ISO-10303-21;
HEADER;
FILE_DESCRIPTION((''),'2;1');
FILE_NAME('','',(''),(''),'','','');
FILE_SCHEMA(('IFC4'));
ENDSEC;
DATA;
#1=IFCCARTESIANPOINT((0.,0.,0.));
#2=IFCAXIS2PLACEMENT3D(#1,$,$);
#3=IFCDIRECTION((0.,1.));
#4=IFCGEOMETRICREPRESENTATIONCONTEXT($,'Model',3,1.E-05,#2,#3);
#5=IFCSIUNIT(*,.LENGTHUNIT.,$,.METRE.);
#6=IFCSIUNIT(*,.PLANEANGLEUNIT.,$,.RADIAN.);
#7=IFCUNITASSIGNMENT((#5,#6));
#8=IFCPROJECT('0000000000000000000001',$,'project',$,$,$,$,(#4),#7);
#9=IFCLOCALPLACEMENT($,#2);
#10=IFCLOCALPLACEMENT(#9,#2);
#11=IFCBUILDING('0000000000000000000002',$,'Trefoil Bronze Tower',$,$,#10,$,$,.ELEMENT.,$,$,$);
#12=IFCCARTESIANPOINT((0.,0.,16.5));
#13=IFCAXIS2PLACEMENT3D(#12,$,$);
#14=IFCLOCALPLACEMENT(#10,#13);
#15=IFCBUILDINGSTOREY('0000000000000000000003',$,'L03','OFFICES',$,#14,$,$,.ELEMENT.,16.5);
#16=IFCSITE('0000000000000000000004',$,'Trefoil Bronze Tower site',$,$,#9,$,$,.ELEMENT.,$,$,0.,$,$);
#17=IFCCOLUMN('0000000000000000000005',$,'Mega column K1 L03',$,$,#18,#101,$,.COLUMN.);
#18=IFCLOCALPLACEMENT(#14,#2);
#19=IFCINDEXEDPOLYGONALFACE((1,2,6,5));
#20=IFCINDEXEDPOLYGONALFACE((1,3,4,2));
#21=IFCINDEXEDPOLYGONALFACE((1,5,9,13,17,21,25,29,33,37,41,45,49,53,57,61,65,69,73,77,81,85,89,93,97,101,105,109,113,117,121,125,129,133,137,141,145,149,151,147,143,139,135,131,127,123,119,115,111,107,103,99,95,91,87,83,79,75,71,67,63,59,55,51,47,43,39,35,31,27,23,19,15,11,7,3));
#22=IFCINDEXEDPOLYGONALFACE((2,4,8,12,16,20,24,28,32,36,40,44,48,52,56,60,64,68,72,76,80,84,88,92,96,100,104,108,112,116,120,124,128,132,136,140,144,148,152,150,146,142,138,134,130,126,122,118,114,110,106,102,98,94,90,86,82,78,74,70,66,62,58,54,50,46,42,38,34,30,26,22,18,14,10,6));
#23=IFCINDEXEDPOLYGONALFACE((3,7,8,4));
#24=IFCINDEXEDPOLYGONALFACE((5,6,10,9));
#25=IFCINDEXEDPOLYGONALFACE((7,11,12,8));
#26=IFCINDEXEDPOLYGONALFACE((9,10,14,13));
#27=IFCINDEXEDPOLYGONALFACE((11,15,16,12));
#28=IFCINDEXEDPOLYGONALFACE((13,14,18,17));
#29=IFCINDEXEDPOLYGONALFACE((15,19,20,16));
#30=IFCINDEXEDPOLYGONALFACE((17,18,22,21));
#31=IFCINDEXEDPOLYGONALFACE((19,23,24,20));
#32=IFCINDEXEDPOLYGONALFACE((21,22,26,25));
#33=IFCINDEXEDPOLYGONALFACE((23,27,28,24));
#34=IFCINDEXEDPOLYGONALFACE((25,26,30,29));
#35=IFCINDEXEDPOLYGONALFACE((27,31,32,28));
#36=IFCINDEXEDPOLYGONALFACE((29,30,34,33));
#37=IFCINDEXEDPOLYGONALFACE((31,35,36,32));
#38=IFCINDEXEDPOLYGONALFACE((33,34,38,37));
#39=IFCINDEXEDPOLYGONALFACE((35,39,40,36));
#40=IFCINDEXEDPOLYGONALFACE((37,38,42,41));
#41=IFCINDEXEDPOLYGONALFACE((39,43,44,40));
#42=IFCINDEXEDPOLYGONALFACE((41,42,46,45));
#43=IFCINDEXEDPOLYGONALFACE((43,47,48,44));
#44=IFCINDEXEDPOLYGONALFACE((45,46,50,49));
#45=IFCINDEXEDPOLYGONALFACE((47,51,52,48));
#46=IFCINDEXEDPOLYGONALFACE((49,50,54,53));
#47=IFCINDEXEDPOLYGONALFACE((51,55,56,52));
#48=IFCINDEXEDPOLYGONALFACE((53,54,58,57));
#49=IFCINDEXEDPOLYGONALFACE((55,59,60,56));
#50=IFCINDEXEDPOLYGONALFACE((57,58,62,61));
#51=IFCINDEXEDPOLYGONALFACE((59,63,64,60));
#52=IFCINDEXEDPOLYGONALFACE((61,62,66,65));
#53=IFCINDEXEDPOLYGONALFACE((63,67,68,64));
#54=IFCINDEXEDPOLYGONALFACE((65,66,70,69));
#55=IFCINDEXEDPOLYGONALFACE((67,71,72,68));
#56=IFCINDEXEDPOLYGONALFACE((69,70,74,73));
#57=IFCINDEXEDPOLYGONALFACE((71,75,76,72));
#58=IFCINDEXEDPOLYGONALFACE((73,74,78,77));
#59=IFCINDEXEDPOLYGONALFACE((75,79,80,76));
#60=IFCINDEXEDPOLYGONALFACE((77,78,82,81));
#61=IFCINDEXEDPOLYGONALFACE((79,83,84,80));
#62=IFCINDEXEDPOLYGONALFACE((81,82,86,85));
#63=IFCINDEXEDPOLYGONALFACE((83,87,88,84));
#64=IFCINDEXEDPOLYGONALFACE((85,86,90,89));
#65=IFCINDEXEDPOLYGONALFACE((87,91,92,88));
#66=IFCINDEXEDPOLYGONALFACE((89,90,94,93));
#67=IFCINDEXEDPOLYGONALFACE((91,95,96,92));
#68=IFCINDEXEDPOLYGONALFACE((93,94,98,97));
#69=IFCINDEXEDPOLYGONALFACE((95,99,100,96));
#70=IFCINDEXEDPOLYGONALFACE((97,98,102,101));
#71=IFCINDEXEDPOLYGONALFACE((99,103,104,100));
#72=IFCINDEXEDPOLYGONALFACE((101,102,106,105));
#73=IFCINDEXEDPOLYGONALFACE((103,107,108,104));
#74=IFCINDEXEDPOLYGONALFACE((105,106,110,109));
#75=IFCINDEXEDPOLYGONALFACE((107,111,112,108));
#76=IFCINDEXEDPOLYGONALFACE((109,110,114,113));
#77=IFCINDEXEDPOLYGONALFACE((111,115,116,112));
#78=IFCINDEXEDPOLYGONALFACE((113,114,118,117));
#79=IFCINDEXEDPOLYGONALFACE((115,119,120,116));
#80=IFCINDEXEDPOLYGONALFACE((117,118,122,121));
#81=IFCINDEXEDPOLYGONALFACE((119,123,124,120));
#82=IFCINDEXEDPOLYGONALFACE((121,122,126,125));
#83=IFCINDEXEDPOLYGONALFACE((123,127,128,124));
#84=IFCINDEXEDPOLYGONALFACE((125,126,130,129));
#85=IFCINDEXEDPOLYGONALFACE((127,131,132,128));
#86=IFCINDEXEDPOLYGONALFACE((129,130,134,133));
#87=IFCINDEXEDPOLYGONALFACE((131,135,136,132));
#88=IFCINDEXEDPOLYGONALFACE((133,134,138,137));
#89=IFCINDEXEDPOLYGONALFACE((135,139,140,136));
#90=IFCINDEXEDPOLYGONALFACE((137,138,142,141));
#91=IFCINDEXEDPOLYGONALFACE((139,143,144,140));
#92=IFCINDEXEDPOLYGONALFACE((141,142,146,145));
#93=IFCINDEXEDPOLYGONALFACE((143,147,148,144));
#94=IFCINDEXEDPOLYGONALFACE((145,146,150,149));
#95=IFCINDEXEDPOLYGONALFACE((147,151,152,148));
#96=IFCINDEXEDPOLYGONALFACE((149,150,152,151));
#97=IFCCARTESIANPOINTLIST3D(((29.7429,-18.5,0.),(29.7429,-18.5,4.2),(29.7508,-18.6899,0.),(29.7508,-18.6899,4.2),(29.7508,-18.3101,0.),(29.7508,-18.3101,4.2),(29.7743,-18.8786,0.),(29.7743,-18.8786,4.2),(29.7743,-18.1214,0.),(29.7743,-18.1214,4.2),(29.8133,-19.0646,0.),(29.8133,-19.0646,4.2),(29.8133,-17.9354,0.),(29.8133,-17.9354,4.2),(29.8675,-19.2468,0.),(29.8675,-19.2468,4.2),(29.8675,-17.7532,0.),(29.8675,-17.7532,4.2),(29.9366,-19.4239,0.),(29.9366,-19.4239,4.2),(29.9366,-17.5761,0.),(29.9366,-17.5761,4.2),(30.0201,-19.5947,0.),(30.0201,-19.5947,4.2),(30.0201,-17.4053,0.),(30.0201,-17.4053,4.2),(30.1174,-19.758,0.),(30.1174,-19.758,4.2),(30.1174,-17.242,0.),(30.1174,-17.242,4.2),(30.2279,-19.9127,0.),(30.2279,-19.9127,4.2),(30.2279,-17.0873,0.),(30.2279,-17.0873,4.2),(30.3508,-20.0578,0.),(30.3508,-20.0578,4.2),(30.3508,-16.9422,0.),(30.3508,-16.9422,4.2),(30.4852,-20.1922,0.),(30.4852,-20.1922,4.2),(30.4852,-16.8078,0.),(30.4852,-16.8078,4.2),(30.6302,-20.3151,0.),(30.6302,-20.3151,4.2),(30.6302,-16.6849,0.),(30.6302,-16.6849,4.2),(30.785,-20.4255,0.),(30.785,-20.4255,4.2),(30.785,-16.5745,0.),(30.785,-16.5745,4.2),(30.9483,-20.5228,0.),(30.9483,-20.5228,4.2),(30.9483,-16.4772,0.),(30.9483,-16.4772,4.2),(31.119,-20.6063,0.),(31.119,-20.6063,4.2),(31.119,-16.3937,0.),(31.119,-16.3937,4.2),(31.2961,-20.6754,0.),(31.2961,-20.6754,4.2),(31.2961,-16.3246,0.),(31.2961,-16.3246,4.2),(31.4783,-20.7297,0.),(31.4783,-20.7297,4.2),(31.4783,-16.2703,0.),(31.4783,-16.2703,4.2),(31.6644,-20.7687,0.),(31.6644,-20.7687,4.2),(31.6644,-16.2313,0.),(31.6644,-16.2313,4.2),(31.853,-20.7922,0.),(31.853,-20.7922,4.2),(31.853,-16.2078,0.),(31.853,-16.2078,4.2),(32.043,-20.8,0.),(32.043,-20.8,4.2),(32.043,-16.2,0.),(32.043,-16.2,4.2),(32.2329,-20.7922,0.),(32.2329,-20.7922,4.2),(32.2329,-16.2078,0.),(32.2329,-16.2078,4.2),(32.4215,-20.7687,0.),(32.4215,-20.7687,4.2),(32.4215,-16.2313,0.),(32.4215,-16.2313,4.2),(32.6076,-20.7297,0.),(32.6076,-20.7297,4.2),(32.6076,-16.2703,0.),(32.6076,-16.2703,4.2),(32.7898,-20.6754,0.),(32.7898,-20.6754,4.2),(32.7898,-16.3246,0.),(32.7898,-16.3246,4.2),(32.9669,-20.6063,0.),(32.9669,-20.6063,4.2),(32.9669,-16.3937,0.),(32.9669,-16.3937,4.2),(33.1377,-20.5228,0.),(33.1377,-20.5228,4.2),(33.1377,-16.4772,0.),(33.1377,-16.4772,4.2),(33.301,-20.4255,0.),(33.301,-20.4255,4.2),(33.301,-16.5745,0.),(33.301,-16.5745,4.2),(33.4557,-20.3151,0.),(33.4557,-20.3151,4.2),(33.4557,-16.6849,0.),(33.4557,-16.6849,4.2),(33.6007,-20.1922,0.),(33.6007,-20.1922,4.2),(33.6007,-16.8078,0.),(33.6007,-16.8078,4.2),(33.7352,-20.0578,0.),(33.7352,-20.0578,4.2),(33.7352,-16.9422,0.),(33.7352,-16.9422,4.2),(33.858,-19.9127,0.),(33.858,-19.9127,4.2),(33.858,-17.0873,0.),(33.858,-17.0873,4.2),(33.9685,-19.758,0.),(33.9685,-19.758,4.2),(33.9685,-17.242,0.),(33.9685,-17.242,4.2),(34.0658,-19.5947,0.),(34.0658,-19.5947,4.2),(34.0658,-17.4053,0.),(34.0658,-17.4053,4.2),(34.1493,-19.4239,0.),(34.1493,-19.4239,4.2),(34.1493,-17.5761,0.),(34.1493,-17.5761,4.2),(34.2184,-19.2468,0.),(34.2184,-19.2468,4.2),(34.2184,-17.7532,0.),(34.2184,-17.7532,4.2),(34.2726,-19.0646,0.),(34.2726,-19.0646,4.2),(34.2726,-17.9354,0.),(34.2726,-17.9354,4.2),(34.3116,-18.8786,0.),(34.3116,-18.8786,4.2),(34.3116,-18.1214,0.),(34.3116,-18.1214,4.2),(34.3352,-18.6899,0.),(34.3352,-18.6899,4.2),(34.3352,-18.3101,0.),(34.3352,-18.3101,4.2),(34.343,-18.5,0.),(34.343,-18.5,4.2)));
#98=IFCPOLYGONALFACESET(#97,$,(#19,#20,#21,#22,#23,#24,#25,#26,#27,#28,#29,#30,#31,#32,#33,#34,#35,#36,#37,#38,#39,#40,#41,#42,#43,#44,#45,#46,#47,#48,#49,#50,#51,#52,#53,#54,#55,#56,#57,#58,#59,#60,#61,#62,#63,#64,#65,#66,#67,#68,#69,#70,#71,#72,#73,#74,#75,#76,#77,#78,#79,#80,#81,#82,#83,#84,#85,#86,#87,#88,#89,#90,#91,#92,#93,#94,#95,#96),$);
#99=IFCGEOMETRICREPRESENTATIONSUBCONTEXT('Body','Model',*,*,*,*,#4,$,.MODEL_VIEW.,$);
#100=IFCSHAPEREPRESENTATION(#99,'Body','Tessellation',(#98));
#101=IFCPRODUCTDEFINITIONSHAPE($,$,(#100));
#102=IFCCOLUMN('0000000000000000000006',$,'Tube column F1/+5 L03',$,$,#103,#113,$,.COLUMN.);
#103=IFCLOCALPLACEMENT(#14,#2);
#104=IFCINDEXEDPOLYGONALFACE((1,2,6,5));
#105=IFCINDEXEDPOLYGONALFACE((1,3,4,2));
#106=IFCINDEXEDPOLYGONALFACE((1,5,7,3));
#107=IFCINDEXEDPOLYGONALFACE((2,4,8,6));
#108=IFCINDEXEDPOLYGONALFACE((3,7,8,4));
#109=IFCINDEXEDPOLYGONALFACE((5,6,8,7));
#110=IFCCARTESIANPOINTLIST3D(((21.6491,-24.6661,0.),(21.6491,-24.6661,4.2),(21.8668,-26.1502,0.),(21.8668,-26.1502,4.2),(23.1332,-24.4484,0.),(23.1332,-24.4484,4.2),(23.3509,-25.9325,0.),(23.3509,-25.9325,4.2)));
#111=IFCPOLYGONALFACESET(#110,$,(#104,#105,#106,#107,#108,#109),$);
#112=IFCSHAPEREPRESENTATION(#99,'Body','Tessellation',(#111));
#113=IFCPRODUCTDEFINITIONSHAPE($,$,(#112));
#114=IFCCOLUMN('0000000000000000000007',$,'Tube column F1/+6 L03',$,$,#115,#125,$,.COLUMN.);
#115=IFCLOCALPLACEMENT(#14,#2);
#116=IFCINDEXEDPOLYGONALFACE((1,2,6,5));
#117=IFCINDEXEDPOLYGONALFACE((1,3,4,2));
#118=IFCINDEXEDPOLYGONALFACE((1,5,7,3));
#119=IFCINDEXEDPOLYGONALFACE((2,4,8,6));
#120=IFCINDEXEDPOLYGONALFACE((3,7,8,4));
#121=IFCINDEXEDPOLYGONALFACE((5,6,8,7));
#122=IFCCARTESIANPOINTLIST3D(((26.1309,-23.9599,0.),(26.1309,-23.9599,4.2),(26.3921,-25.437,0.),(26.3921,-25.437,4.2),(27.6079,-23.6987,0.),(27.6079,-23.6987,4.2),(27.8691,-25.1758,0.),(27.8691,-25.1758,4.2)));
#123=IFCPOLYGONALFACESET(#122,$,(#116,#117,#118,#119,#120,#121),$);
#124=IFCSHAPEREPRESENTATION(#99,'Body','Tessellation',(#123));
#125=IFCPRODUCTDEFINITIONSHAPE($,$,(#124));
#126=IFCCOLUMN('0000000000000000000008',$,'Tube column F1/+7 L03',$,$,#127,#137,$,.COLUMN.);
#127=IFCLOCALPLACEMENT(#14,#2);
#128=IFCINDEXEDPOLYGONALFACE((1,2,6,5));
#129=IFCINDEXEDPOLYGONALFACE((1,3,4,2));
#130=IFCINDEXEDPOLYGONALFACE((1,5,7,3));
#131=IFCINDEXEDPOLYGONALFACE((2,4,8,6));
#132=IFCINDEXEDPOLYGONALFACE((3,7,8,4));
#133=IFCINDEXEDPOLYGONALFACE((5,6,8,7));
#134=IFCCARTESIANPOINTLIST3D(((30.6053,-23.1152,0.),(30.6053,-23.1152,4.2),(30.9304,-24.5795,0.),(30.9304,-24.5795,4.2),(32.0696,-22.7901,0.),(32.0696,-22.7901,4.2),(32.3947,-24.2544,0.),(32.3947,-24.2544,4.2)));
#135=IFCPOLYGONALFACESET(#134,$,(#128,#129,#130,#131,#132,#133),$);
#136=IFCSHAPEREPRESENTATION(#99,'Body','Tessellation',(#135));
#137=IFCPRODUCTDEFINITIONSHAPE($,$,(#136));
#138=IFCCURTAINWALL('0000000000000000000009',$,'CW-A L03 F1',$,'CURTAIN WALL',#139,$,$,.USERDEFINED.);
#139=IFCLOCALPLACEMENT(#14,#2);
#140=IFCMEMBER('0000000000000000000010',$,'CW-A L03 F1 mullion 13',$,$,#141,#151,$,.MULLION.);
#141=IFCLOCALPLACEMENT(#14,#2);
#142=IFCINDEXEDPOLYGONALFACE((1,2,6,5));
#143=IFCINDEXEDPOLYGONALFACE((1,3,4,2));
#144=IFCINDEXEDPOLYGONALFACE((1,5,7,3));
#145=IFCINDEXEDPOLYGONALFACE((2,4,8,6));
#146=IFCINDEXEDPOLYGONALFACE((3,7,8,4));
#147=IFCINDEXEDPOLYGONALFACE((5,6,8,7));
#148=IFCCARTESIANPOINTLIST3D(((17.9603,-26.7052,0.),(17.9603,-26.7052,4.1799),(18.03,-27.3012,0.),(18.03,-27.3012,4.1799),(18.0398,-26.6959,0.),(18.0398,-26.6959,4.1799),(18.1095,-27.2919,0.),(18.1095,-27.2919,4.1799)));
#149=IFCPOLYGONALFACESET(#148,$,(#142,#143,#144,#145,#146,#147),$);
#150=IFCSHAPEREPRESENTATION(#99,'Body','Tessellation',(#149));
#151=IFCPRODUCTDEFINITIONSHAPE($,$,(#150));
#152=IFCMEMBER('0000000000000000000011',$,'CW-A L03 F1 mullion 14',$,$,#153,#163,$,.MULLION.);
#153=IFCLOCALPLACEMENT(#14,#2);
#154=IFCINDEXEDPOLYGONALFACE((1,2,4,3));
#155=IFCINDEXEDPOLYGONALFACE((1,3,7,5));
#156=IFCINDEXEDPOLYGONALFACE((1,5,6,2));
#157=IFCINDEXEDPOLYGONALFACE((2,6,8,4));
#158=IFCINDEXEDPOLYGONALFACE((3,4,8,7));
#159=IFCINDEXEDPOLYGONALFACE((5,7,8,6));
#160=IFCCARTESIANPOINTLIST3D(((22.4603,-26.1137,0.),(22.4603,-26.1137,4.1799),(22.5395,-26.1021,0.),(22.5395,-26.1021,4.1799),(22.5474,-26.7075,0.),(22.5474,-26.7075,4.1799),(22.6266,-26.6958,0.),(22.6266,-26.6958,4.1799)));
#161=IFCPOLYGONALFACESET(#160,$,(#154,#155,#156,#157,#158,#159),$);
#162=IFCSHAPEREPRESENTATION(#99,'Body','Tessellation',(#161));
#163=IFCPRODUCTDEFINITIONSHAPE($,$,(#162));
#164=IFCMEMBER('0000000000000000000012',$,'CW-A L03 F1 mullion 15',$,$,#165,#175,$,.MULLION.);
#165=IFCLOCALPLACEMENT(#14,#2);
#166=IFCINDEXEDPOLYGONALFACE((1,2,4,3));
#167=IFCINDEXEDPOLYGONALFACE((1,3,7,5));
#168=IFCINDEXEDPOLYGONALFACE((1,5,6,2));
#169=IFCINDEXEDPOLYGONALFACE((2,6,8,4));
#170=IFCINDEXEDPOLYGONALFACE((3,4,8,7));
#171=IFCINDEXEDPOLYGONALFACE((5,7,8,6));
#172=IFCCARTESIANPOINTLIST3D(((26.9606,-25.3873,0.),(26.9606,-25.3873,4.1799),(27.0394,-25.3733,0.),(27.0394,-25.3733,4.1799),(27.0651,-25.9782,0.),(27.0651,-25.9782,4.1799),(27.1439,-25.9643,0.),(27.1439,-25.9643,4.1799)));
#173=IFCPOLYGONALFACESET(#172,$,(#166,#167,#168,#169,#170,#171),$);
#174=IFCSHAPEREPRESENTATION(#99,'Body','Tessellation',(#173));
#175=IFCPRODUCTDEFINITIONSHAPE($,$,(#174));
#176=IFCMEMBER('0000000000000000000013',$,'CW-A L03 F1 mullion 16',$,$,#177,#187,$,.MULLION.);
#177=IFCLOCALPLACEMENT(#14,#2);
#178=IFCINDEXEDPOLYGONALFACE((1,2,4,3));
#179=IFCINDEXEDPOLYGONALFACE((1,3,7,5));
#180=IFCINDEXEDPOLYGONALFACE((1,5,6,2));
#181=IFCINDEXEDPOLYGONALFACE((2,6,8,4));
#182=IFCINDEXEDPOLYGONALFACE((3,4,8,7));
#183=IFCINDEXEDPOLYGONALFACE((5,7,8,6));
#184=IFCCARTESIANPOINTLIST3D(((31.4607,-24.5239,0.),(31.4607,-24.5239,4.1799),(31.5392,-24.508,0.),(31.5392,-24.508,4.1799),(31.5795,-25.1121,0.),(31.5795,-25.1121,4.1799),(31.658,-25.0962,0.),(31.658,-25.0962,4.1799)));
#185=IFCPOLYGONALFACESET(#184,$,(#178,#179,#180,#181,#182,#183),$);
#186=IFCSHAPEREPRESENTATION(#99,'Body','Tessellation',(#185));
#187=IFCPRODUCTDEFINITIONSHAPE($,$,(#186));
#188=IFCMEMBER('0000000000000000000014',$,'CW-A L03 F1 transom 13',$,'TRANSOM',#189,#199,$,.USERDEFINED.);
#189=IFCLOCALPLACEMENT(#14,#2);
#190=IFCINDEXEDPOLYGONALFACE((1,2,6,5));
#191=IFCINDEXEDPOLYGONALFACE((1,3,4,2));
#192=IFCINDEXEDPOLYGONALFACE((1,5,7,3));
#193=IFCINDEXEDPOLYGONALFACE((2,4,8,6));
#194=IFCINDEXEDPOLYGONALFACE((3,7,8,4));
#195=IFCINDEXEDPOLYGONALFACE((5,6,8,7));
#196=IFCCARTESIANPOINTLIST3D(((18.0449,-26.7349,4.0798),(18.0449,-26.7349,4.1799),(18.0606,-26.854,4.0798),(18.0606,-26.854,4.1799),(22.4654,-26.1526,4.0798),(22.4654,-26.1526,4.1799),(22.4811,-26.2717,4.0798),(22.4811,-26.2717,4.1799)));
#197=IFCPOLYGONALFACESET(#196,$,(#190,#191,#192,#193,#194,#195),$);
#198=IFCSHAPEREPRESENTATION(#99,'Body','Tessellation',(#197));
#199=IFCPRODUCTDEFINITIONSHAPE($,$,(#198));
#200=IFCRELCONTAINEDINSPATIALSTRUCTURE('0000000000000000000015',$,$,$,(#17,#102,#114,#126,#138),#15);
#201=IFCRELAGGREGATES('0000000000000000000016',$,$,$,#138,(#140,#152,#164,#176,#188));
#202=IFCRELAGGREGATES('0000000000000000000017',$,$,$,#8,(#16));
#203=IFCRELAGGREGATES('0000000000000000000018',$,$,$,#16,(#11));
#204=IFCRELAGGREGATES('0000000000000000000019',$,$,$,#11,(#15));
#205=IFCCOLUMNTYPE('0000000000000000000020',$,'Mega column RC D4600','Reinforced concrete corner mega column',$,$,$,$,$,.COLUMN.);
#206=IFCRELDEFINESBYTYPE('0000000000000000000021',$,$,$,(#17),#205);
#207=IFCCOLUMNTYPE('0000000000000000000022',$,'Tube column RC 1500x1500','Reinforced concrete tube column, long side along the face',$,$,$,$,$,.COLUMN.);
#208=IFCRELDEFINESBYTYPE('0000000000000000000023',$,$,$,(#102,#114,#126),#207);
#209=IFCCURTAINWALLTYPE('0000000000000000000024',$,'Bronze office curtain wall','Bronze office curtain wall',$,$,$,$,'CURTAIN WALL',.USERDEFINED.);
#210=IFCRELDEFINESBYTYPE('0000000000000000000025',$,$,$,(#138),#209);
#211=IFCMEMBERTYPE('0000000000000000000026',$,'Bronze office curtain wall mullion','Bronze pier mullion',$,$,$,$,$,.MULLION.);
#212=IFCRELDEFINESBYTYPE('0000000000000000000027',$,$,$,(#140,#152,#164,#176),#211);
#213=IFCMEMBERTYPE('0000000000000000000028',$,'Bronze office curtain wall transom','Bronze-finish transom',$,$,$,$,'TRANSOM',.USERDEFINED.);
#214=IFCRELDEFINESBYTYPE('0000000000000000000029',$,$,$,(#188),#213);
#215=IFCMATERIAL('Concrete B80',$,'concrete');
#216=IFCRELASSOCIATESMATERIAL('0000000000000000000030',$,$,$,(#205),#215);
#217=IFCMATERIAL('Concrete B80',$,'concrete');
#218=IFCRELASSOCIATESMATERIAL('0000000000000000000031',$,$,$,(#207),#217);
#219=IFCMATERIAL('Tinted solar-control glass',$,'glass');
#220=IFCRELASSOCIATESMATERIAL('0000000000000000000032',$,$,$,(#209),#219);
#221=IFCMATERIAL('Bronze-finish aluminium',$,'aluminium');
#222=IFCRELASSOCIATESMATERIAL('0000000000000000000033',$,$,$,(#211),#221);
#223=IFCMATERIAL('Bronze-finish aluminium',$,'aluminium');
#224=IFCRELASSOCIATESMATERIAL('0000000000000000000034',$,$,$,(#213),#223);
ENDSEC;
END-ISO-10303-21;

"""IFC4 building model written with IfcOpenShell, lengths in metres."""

from ifc_helpers import new_model, si_unit, direction, frame, origin, origin_2d, place, context, subcontext, project, spatial, rectangle, circle, extrude, material, material_profile, profile_set, type_object, element, aggregate, save


model = new_model("IFC4")

# Units and contexts
model_context = context("Model", 3, precision=1e-05, world=origin(), true_north=direction((0.0, 1.0)))
body_context = subcontext(model_context, "Body", "Model", "MODEL_VIEW")
ifc_project = project(units=[si_unit("LENGTHUNIT", "METRE"), si_unit("PLANEANGLEUNIT", "RADIAN")], contexts=[model_context])

# Site, building, storey
site_placement = place(None, origin())
site = spatial("IfcSite", under=ifc_project, at=site_placement, Name="Trefoil Bronze Tower site", CompositionType="ELEMENT", RefElevation=0.0)
building_placement = place(site_placement, origin())
building = spatial("IfcBuilding", under=site, at=building_placement, Name="Trefoil Bronze Tower", CompositionType="ELEMENT")
storey_placement = place(building_placement, frame((0.0, 0.0, 16.5)))
storey = spatial("IfcBuildingStorey", under=building, at=storey_placement, Name="L03", Description="OFFICES", CompositionType="ELEMENT", Elevation=16.5)

# Columns
ifc_material_1 = material(Name="Concrete B80", Category="concrete")
ifc_material_profile_1 = material_profile(ifc_material_1, circle(Radius=2.3, at=origin_2d()), Name="RC D4600")
ifc_profile_set_1 = profile_set([ifc_material_profile_1], Name="Concrete B80")
column_type_1 = type_object("IfcColumnType", Name="Mega column RC D4600", Description="Reinforced concrete corner mega column", PredefinedType="COLUMN", material=ifc_profile_set_1)
column_placement = place(storey_placement, frame((32.043, -18.5, 0.0), z_axis=(0.0, 0.0, 1.0), x_axis=(1.0, 0.0, 0.0)))
element("IfcColumn", 1, at=column_placement, inside=storey, type_object=column_type_1, Name="Mega column K1 L03", PredefinedType="COLUMN", context=body_context, shape_type="SweptSolid", body=[
    extrude(circle(Radius=2.3, at=origin_2d()), origin(), (0.0, 0.0, 1.0), 4.2),
])
ifc_material_2 = material(Name="Concrete B80", Category="concrete")
ifc_material_profile_2 = material_profile(ifc_material_2, rectangle(XDim=1.5, YDim=1.5, at=origin_2d()), Name="RC 1500x1500")
ifc_profile_set_2 = profile_set([ifc_material_profile_2], Name="Concrete B80")
column_type_2 = type_object("IfcColumnType", Name="Tube column RC 1500x1500", Description="Reinforced concrete tube column, long side along the face", PredefinedType="COLUMN", material=ifc_profile_set_2)
for number, where, z_axis, x_axis, name in (
    (2, (22.5, -25.2993, 0.0), (0.0, 0.0, 1.0), (0.989416, 0.145109, 0.0), "Tube column F1/+5 L03"),
    (3, (27.0, -24.5679, 0.0), (0.0, 0.0, 1.0), (0.984722, 0.174131, 0.0), "Tube column F1/+6 L03"),
    (4, (31.5, -23.6848, 0.0), (0.0, 0.0, 1.0), (0.97623, 0.216739, 0.0), "Tube column F1/+7 L03"),
):
    element("IfcColumn", number, at=place(storey_placement, frame(where, z_axis=z_axis, x_axis=x_axis)), inside=storey, type_object=column_type_2, Name=name, PredefinedType="COLUMN", context=body_context, shape_type="SweptSolid", body=[
        extrude(rectangle(XDim=1.5, YDim=1.5, at=origin_2d()), origin(), (0.0, 0.0, 1.0), 4.2),
    ])

# Curtain wall, members
ifc_material_3 = material(Name="Tinted solar-control glass", Category="glass")
curtain_wall_type_1 = type_object("IfcCurtainWallType", Name="Bronze office curtain wall", Description="Bronze office curtain wall", ElementType="CURTAIN WALL", PredefinedType="USERDEFINED", material=ifc_material_3)
curtain_wall_1_placement = place(storey_placement, origin())
curtain_wall_1 = element("IfcCurtainWall", 5, at=curtain_wall_1_placement, inside=storey, type_object=curtain_wall_type_1, Name="CW-A L03 F1", ObjectType="CURTAIN WALL", PredefinedType="USERDEFINED")
ifc_material_4 = material(Name="Bronze-finish aluminium", Category="aluminium")
ifc_material_profile_3 = material_profile(ifc_material_4, rectangle(XDim=0.6001, YDim=0.0801, at=origin_2d()), Name="CW-A mullion")
ifc_profile_set_3 = profile_set([ifc_material_profile_3], Name="Bronze-finish aluminium")
member_type_1 = type_object("IfcMemberType", Name="Bronze office curtain wall mullion", Description="Bronze pier mullion", PredefinedType="MULLION", material=ifc_profile_set_3)
member_1_placement = place(storey_placement, frame((18.0349, -26.9985, 0.0), z_axis=(0.0, 0.0, 1.0), x_axis=(-0.116087, 0.993239, 0.0)))
member_1 = element("IfcMember", 6, at=member_1_placement, type_object=member_type_1, Name="CW-A L03 F1 mullion 13", PredefinedType="MULLION", context=body_context, shape_type="SweptSolid", body=[
    extrude(rectangle(XDim=0.6001, YDim=0.0801, at=origin_2d()), origin(), (0.0, 0.0, 1.0), 4.1799),
])
member_2_placement = place(storey_placement, frame((22.5435, -26.4048, 0.0), z_axis=(0.0, 0.0, 1.0), x_axis=(-0.145109, 0.989416, 0.0)))
member_2 = element("IfcMember", 7, at=member_2_placement, type_object=member_type_1, Name="CW-A L03 F1 mullion 14", PredefinedType="MULLION", context=body_context, shape_type="SweptSolid", body=[
    extrude(rectangle(XDim=0.6001, YDim=0.0801, at=origin_2d()), origin(), (0.0, 0.0, 1.0), 4.1799),
])
member_3_placement = place(storey_placement, frame((27.0522, -25.6758, 0.0), z_axis=(0.0, 0.0, 1.0), x_axis=(-0.174131, 0.984722, 0.0)))
member_3 = element("IfcMember", 8, at=member_3_placement, type_object=member_type_1, Name="CW-A L03 F1 mullion 15", PredefinedType="MULLION", context=body_context, shape_type="SweptSolid", body=[
    extrude(rectangle(XDim=0.6001, YDim=0.0801, at=origin_2d()), origin(), (0.0, 0.0, 1.0), 4.1799),
])
member_4_placement = place(storey_placement, frame((31.5593, -24.8101, 0.0), z_axis=(0.0, 0.0, 1.0), x_axis=(-0.19791, 0.98022, 0.0)))
member_4 = element("IfcMember", 9, at=member_4_placement, type_object=member_type_1, Name="CW-A L03 F1 mullion 16", PredefinedType="MULLION", context=body_context, shape_type="SweptSolid", body=[
    extrude(rectangle(XDim=0.6001, YDim=0.0801, at=origin_2d()), origin(), (0.0, 0.0, 1.0), 4.1799),
])
ifc_material_5 = material(Name="Bronze-finish aluminium", Category="aluminium")
ifc_material_profile_4 = material_profile(ifc_material_5, rectangle(XDim=0.1201, YDim=0.1001, at=origin_2d()), Name="CW-A transom")
ifc_profile_set_4 = profile_set([ifc_material_profile_4], Name="Bronze-finish aluminium")
member_type_2 = type_object("IfcMemberType", Name="Bronze office curtain wall transom", Description="Bronze-finish transom", ElementType="TRANSOM", PredefinedType="USERDEFINED", material=ifc_profile_set_4)
member_5_placement = place(storey_placement, frame((18.0527, -26.7944, 4.1299), z_axis=(0.991437, 0.130589, 0.0), x_axis=(-0.130589, 0.991437, 0.0)))
member_5 = element("IfcMember", 10, at=member_5_placement, type_object=member_type_2, Name="CW-A L03 F1 transom 13", ObjectType="TRANSOM", PredefinedType="USERDEFINED", context=body_context, shape_type="SweptSolid", body=[
    extrude(rectangle(XDim=0.1201, YDim=0.1001, at=origin_2d()), origin(), (0.0, 0.0, 1.0), 4.4587),
])

aggregate(curtain_wall_1, [member_1, member_2, member_3, member_4, member_5])

save(model, "model.ifc")
